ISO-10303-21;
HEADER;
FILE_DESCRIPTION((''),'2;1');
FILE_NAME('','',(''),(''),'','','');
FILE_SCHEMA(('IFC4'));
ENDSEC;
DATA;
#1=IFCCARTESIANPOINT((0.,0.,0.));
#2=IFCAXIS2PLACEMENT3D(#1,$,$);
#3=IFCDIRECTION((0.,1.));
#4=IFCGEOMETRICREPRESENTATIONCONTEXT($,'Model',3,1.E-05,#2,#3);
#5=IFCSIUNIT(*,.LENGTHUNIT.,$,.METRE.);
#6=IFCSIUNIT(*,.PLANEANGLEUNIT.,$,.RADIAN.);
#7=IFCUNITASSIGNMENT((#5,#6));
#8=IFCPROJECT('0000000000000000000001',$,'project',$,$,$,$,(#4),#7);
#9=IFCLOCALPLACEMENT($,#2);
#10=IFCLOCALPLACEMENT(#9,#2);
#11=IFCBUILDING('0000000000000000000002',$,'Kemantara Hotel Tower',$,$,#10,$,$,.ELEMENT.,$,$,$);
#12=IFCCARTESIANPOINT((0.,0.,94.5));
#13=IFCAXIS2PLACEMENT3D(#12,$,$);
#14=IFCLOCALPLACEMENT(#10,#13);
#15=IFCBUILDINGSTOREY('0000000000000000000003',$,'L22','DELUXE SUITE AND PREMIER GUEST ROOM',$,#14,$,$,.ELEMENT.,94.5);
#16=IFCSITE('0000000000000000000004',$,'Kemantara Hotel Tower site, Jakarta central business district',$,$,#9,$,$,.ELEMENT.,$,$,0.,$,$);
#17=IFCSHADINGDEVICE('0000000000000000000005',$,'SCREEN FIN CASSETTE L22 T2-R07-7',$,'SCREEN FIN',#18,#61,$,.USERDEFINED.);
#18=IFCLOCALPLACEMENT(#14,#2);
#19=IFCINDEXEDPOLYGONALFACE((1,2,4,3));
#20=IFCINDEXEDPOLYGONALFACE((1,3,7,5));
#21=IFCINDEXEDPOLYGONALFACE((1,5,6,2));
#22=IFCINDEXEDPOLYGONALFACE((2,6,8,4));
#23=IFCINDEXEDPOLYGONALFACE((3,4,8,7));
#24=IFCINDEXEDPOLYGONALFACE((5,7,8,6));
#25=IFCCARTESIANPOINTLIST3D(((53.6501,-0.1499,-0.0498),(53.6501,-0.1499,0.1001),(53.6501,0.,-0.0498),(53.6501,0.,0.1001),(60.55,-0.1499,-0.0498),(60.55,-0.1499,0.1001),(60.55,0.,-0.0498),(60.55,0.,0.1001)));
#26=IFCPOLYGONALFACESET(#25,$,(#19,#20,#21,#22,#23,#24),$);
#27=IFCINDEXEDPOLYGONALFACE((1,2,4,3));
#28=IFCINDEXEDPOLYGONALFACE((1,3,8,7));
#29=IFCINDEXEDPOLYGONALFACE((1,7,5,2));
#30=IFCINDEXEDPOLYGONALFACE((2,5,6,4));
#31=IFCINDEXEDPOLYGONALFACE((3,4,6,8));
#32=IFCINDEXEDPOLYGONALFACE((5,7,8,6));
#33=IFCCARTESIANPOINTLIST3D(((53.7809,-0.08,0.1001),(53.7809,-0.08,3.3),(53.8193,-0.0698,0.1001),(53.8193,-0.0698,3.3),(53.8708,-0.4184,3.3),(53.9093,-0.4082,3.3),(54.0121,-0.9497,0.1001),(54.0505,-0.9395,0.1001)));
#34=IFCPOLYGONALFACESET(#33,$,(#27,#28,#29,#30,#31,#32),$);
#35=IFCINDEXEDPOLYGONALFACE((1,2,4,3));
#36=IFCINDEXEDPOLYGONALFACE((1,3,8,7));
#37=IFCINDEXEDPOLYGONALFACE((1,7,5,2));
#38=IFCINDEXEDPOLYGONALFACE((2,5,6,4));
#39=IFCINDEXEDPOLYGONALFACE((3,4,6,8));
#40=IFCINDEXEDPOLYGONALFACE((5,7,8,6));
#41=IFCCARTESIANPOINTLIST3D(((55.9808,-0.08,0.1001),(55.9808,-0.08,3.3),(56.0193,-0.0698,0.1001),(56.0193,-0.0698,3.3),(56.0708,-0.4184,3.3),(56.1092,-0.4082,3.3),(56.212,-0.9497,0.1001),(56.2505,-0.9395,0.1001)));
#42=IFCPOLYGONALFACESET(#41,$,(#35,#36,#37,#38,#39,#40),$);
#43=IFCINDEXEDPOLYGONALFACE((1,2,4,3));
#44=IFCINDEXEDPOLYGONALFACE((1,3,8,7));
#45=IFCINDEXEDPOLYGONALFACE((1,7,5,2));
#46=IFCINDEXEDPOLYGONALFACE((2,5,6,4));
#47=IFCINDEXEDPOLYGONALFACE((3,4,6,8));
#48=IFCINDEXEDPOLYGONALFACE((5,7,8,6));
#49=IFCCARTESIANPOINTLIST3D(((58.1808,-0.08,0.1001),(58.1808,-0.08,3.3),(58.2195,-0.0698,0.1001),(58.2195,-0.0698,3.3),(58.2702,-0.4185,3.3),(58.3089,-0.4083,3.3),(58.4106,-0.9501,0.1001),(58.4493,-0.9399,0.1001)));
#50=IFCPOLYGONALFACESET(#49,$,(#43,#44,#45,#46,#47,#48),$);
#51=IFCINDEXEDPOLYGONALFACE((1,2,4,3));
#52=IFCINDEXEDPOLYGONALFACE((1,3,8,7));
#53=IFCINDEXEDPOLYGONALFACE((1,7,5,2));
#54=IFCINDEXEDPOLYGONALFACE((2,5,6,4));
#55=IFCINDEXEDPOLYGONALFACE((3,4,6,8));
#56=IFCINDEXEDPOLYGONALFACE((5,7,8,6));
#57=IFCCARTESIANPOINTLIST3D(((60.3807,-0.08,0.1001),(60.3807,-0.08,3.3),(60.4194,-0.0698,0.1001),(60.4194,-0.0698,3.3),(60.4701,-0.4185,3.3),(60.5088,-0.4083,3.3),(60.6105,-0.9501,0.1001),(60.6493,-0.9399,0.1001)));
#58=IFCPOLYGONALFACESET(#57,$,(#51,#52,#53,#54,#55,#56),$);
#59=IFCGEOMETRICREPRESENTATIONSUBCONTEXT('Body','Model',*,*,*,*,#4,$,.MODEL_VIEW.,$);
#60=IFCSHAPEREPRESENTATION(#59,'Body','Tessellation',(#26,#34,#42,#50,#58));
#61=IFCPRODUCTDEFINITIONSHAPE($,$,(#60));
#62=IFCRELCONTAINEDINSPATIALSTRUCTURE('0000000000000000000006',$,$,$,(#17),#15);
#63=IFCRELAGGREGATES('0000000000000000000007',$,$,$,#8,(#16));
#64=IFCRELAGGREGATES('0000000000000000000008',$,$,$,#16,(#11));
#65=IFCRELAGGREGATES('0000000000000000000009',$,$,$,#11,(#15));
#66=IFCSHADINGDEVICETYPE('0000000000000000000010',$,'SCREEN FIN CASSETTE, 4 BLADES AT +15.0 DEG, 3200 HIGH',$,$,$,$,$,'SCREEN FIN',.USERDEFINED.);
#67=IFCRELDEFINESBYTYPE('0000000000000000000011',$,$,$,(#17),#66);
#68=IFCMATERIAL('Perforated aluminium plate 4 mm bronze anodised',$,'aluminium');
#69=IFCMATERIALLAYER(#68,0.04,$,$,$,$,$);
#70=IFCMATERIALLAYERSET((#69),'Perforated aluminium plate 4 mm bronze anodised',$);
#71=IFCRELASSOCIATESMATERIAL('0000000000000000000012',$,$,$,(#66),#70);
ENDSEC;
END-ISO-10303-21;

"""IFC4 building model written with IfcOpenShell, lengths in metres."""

from ifc_helpers import new_model, si_unit, direction, frame, origin, origin_2d, place, context, subcontext, project, spatial, polyline, rectangle, outline, extrude, source, transform, mapped, material, layer, layer_set, type_object, element, save


model = new_model("IFC4")

# Units and contexts
model_context = context("Model", 3, precision=1e-05, world=origin(), true_north=direction((0.0, 1.0)))
body_context = subcontext(model_context, "Body", "Model", "MODEL_VIEW")
ifc_project = project(units=[si_unit("LENGTHUNIT", "METRE"), si_unit("PLANEANGLEUNIT", "RADIAN")], contexts=[model_context])

# Site, building, storey
site_placement = place(None, origin())
site = spatial("IfcSite", under=ifc_project, at=site_placement, Name="Kemantara Hotel Tower site, Jakarta central business district", CompositionType="ELEMENT", RefElevation=0.0)
building_placement = place(site_placement, origin())
building = spatial("IfcBuilding", under=site, at=building_placement, Name="Kemantara Hotel Tower", CompositionType="ELEMENT")
storey_placement = place(building_placement, frame((0.0, 0.0, 94.5)))
storey = spatial("IfcBuildingStorey", under=building, at=storey_placement, Name="L22", Description="DELUXE SUITE AND PREMIER GUEST ROOM", CompositionType="ELEMENT", Elevation=94.5)

# Shading device
ifc_material_1 = material(Name="Perforated aluminium plate 4 mm bronze anodised", Category="aluminium")
ifc_layer_1 = layer(ifc_material_1, 0.04)
ifc_layer_set_1 = layer_set([ifc_layer_1], Name="Perforated aluminium plate 4 mm bronze anodised")
shading_device_type = type_object("IfcShadingDeviceType", Name="SCREEN FIN CASSETTE, 4 BLADES AT +15.0 DEG, 3200 HIGH", ElementType="SCREEN FIN", PredefinedType="USERDEFINED", material=ifc_layer_set_1)
shared_shape = source(origin(), body_context, "Body", "SweptSolid", [
    extrude(rectangle(XDim=6.8999, YDim=0.1499, at=origin_2d()), frame((3.3, -0.075, -0.1499), z_axis=(0.0, 0.0, 1.0), x_axis=(1.0, 0.0, 0.0)), (0.0, 0.0, 1.0), 0.1499),
    extrude(outline(polyline([(0.0, 0.0), (0.8999, 0.0), (0.3501, 3.2), (0.0, 3.2), (0.0, 0.0)])), frame((0.0193, -0.0698, 0.0), z_axis=(-0.966438, -0.256901, 0.0), x_axis=(0.256901, -0.966438, 0.0)), (0.0, 0.0, 1.0), 0.0398),
    extrude(outline(polyline([(0.0, 0.0), (0.8999, 0.0), (0.3501, 3.2), (0.0, 3.2), (0.0, 0.0)])), frame((2.2192, -0.0698, 0.0), z_axis=(-0.966438, -0.256901, 0.0), x_axis=(0.256901, -0.966438, 0.0)), (0.0, 0.0, 1.0), 0.0398),
    extrude(outline(polyline([(0.0, 0.0), (0.8999, 0.0), (0.3501, 3.2), (0.0, 3.2), (0.0, 0.0)])), frame((4.4194, -0.0698, 0.0), z_axis=(-0.966838, -0.255391, 0.0), x_axis=(0.255391, -0.966838, 0.0)), (0.0, 0.0, 1.0), 0.04),
    extrude(outline(polyline([(0.0, 0.0), (0.8999, 0.0), (0.3501, 3.2), (0.0, 3.2), (0.0, 0.0)])), frame((6.6194, -0.0698, 0.0), z_axis=(-0.966838, -0.255391, 0.0), x_axis=(0.255391, -0.966838, 0.0)), (0.0, 0.0, 1.0), 0.04),
])
shading_device_placement = place(storey_placement, frame((53.8, 0.0, 0.1001), z_axis=(0.0, 0.0, 1.0), x_axis=(1.0, 0.0, 0.0)))
element("IfcShadingDevice", 1, at=shading_device_placement, inside=storey, type_object=shading_device_type, Name="SCREEN FIN CASSETTE L22 T2-R07-7", ObjectType="SCREEN FIN", PredefinedType="USERDEFINED", context=body_context, shape_type="MappedRepresentation", body=[
    mapped(shared_shape, transform((0.0, 0.0, 0.0))),
])

save(model, "model.ifc")
